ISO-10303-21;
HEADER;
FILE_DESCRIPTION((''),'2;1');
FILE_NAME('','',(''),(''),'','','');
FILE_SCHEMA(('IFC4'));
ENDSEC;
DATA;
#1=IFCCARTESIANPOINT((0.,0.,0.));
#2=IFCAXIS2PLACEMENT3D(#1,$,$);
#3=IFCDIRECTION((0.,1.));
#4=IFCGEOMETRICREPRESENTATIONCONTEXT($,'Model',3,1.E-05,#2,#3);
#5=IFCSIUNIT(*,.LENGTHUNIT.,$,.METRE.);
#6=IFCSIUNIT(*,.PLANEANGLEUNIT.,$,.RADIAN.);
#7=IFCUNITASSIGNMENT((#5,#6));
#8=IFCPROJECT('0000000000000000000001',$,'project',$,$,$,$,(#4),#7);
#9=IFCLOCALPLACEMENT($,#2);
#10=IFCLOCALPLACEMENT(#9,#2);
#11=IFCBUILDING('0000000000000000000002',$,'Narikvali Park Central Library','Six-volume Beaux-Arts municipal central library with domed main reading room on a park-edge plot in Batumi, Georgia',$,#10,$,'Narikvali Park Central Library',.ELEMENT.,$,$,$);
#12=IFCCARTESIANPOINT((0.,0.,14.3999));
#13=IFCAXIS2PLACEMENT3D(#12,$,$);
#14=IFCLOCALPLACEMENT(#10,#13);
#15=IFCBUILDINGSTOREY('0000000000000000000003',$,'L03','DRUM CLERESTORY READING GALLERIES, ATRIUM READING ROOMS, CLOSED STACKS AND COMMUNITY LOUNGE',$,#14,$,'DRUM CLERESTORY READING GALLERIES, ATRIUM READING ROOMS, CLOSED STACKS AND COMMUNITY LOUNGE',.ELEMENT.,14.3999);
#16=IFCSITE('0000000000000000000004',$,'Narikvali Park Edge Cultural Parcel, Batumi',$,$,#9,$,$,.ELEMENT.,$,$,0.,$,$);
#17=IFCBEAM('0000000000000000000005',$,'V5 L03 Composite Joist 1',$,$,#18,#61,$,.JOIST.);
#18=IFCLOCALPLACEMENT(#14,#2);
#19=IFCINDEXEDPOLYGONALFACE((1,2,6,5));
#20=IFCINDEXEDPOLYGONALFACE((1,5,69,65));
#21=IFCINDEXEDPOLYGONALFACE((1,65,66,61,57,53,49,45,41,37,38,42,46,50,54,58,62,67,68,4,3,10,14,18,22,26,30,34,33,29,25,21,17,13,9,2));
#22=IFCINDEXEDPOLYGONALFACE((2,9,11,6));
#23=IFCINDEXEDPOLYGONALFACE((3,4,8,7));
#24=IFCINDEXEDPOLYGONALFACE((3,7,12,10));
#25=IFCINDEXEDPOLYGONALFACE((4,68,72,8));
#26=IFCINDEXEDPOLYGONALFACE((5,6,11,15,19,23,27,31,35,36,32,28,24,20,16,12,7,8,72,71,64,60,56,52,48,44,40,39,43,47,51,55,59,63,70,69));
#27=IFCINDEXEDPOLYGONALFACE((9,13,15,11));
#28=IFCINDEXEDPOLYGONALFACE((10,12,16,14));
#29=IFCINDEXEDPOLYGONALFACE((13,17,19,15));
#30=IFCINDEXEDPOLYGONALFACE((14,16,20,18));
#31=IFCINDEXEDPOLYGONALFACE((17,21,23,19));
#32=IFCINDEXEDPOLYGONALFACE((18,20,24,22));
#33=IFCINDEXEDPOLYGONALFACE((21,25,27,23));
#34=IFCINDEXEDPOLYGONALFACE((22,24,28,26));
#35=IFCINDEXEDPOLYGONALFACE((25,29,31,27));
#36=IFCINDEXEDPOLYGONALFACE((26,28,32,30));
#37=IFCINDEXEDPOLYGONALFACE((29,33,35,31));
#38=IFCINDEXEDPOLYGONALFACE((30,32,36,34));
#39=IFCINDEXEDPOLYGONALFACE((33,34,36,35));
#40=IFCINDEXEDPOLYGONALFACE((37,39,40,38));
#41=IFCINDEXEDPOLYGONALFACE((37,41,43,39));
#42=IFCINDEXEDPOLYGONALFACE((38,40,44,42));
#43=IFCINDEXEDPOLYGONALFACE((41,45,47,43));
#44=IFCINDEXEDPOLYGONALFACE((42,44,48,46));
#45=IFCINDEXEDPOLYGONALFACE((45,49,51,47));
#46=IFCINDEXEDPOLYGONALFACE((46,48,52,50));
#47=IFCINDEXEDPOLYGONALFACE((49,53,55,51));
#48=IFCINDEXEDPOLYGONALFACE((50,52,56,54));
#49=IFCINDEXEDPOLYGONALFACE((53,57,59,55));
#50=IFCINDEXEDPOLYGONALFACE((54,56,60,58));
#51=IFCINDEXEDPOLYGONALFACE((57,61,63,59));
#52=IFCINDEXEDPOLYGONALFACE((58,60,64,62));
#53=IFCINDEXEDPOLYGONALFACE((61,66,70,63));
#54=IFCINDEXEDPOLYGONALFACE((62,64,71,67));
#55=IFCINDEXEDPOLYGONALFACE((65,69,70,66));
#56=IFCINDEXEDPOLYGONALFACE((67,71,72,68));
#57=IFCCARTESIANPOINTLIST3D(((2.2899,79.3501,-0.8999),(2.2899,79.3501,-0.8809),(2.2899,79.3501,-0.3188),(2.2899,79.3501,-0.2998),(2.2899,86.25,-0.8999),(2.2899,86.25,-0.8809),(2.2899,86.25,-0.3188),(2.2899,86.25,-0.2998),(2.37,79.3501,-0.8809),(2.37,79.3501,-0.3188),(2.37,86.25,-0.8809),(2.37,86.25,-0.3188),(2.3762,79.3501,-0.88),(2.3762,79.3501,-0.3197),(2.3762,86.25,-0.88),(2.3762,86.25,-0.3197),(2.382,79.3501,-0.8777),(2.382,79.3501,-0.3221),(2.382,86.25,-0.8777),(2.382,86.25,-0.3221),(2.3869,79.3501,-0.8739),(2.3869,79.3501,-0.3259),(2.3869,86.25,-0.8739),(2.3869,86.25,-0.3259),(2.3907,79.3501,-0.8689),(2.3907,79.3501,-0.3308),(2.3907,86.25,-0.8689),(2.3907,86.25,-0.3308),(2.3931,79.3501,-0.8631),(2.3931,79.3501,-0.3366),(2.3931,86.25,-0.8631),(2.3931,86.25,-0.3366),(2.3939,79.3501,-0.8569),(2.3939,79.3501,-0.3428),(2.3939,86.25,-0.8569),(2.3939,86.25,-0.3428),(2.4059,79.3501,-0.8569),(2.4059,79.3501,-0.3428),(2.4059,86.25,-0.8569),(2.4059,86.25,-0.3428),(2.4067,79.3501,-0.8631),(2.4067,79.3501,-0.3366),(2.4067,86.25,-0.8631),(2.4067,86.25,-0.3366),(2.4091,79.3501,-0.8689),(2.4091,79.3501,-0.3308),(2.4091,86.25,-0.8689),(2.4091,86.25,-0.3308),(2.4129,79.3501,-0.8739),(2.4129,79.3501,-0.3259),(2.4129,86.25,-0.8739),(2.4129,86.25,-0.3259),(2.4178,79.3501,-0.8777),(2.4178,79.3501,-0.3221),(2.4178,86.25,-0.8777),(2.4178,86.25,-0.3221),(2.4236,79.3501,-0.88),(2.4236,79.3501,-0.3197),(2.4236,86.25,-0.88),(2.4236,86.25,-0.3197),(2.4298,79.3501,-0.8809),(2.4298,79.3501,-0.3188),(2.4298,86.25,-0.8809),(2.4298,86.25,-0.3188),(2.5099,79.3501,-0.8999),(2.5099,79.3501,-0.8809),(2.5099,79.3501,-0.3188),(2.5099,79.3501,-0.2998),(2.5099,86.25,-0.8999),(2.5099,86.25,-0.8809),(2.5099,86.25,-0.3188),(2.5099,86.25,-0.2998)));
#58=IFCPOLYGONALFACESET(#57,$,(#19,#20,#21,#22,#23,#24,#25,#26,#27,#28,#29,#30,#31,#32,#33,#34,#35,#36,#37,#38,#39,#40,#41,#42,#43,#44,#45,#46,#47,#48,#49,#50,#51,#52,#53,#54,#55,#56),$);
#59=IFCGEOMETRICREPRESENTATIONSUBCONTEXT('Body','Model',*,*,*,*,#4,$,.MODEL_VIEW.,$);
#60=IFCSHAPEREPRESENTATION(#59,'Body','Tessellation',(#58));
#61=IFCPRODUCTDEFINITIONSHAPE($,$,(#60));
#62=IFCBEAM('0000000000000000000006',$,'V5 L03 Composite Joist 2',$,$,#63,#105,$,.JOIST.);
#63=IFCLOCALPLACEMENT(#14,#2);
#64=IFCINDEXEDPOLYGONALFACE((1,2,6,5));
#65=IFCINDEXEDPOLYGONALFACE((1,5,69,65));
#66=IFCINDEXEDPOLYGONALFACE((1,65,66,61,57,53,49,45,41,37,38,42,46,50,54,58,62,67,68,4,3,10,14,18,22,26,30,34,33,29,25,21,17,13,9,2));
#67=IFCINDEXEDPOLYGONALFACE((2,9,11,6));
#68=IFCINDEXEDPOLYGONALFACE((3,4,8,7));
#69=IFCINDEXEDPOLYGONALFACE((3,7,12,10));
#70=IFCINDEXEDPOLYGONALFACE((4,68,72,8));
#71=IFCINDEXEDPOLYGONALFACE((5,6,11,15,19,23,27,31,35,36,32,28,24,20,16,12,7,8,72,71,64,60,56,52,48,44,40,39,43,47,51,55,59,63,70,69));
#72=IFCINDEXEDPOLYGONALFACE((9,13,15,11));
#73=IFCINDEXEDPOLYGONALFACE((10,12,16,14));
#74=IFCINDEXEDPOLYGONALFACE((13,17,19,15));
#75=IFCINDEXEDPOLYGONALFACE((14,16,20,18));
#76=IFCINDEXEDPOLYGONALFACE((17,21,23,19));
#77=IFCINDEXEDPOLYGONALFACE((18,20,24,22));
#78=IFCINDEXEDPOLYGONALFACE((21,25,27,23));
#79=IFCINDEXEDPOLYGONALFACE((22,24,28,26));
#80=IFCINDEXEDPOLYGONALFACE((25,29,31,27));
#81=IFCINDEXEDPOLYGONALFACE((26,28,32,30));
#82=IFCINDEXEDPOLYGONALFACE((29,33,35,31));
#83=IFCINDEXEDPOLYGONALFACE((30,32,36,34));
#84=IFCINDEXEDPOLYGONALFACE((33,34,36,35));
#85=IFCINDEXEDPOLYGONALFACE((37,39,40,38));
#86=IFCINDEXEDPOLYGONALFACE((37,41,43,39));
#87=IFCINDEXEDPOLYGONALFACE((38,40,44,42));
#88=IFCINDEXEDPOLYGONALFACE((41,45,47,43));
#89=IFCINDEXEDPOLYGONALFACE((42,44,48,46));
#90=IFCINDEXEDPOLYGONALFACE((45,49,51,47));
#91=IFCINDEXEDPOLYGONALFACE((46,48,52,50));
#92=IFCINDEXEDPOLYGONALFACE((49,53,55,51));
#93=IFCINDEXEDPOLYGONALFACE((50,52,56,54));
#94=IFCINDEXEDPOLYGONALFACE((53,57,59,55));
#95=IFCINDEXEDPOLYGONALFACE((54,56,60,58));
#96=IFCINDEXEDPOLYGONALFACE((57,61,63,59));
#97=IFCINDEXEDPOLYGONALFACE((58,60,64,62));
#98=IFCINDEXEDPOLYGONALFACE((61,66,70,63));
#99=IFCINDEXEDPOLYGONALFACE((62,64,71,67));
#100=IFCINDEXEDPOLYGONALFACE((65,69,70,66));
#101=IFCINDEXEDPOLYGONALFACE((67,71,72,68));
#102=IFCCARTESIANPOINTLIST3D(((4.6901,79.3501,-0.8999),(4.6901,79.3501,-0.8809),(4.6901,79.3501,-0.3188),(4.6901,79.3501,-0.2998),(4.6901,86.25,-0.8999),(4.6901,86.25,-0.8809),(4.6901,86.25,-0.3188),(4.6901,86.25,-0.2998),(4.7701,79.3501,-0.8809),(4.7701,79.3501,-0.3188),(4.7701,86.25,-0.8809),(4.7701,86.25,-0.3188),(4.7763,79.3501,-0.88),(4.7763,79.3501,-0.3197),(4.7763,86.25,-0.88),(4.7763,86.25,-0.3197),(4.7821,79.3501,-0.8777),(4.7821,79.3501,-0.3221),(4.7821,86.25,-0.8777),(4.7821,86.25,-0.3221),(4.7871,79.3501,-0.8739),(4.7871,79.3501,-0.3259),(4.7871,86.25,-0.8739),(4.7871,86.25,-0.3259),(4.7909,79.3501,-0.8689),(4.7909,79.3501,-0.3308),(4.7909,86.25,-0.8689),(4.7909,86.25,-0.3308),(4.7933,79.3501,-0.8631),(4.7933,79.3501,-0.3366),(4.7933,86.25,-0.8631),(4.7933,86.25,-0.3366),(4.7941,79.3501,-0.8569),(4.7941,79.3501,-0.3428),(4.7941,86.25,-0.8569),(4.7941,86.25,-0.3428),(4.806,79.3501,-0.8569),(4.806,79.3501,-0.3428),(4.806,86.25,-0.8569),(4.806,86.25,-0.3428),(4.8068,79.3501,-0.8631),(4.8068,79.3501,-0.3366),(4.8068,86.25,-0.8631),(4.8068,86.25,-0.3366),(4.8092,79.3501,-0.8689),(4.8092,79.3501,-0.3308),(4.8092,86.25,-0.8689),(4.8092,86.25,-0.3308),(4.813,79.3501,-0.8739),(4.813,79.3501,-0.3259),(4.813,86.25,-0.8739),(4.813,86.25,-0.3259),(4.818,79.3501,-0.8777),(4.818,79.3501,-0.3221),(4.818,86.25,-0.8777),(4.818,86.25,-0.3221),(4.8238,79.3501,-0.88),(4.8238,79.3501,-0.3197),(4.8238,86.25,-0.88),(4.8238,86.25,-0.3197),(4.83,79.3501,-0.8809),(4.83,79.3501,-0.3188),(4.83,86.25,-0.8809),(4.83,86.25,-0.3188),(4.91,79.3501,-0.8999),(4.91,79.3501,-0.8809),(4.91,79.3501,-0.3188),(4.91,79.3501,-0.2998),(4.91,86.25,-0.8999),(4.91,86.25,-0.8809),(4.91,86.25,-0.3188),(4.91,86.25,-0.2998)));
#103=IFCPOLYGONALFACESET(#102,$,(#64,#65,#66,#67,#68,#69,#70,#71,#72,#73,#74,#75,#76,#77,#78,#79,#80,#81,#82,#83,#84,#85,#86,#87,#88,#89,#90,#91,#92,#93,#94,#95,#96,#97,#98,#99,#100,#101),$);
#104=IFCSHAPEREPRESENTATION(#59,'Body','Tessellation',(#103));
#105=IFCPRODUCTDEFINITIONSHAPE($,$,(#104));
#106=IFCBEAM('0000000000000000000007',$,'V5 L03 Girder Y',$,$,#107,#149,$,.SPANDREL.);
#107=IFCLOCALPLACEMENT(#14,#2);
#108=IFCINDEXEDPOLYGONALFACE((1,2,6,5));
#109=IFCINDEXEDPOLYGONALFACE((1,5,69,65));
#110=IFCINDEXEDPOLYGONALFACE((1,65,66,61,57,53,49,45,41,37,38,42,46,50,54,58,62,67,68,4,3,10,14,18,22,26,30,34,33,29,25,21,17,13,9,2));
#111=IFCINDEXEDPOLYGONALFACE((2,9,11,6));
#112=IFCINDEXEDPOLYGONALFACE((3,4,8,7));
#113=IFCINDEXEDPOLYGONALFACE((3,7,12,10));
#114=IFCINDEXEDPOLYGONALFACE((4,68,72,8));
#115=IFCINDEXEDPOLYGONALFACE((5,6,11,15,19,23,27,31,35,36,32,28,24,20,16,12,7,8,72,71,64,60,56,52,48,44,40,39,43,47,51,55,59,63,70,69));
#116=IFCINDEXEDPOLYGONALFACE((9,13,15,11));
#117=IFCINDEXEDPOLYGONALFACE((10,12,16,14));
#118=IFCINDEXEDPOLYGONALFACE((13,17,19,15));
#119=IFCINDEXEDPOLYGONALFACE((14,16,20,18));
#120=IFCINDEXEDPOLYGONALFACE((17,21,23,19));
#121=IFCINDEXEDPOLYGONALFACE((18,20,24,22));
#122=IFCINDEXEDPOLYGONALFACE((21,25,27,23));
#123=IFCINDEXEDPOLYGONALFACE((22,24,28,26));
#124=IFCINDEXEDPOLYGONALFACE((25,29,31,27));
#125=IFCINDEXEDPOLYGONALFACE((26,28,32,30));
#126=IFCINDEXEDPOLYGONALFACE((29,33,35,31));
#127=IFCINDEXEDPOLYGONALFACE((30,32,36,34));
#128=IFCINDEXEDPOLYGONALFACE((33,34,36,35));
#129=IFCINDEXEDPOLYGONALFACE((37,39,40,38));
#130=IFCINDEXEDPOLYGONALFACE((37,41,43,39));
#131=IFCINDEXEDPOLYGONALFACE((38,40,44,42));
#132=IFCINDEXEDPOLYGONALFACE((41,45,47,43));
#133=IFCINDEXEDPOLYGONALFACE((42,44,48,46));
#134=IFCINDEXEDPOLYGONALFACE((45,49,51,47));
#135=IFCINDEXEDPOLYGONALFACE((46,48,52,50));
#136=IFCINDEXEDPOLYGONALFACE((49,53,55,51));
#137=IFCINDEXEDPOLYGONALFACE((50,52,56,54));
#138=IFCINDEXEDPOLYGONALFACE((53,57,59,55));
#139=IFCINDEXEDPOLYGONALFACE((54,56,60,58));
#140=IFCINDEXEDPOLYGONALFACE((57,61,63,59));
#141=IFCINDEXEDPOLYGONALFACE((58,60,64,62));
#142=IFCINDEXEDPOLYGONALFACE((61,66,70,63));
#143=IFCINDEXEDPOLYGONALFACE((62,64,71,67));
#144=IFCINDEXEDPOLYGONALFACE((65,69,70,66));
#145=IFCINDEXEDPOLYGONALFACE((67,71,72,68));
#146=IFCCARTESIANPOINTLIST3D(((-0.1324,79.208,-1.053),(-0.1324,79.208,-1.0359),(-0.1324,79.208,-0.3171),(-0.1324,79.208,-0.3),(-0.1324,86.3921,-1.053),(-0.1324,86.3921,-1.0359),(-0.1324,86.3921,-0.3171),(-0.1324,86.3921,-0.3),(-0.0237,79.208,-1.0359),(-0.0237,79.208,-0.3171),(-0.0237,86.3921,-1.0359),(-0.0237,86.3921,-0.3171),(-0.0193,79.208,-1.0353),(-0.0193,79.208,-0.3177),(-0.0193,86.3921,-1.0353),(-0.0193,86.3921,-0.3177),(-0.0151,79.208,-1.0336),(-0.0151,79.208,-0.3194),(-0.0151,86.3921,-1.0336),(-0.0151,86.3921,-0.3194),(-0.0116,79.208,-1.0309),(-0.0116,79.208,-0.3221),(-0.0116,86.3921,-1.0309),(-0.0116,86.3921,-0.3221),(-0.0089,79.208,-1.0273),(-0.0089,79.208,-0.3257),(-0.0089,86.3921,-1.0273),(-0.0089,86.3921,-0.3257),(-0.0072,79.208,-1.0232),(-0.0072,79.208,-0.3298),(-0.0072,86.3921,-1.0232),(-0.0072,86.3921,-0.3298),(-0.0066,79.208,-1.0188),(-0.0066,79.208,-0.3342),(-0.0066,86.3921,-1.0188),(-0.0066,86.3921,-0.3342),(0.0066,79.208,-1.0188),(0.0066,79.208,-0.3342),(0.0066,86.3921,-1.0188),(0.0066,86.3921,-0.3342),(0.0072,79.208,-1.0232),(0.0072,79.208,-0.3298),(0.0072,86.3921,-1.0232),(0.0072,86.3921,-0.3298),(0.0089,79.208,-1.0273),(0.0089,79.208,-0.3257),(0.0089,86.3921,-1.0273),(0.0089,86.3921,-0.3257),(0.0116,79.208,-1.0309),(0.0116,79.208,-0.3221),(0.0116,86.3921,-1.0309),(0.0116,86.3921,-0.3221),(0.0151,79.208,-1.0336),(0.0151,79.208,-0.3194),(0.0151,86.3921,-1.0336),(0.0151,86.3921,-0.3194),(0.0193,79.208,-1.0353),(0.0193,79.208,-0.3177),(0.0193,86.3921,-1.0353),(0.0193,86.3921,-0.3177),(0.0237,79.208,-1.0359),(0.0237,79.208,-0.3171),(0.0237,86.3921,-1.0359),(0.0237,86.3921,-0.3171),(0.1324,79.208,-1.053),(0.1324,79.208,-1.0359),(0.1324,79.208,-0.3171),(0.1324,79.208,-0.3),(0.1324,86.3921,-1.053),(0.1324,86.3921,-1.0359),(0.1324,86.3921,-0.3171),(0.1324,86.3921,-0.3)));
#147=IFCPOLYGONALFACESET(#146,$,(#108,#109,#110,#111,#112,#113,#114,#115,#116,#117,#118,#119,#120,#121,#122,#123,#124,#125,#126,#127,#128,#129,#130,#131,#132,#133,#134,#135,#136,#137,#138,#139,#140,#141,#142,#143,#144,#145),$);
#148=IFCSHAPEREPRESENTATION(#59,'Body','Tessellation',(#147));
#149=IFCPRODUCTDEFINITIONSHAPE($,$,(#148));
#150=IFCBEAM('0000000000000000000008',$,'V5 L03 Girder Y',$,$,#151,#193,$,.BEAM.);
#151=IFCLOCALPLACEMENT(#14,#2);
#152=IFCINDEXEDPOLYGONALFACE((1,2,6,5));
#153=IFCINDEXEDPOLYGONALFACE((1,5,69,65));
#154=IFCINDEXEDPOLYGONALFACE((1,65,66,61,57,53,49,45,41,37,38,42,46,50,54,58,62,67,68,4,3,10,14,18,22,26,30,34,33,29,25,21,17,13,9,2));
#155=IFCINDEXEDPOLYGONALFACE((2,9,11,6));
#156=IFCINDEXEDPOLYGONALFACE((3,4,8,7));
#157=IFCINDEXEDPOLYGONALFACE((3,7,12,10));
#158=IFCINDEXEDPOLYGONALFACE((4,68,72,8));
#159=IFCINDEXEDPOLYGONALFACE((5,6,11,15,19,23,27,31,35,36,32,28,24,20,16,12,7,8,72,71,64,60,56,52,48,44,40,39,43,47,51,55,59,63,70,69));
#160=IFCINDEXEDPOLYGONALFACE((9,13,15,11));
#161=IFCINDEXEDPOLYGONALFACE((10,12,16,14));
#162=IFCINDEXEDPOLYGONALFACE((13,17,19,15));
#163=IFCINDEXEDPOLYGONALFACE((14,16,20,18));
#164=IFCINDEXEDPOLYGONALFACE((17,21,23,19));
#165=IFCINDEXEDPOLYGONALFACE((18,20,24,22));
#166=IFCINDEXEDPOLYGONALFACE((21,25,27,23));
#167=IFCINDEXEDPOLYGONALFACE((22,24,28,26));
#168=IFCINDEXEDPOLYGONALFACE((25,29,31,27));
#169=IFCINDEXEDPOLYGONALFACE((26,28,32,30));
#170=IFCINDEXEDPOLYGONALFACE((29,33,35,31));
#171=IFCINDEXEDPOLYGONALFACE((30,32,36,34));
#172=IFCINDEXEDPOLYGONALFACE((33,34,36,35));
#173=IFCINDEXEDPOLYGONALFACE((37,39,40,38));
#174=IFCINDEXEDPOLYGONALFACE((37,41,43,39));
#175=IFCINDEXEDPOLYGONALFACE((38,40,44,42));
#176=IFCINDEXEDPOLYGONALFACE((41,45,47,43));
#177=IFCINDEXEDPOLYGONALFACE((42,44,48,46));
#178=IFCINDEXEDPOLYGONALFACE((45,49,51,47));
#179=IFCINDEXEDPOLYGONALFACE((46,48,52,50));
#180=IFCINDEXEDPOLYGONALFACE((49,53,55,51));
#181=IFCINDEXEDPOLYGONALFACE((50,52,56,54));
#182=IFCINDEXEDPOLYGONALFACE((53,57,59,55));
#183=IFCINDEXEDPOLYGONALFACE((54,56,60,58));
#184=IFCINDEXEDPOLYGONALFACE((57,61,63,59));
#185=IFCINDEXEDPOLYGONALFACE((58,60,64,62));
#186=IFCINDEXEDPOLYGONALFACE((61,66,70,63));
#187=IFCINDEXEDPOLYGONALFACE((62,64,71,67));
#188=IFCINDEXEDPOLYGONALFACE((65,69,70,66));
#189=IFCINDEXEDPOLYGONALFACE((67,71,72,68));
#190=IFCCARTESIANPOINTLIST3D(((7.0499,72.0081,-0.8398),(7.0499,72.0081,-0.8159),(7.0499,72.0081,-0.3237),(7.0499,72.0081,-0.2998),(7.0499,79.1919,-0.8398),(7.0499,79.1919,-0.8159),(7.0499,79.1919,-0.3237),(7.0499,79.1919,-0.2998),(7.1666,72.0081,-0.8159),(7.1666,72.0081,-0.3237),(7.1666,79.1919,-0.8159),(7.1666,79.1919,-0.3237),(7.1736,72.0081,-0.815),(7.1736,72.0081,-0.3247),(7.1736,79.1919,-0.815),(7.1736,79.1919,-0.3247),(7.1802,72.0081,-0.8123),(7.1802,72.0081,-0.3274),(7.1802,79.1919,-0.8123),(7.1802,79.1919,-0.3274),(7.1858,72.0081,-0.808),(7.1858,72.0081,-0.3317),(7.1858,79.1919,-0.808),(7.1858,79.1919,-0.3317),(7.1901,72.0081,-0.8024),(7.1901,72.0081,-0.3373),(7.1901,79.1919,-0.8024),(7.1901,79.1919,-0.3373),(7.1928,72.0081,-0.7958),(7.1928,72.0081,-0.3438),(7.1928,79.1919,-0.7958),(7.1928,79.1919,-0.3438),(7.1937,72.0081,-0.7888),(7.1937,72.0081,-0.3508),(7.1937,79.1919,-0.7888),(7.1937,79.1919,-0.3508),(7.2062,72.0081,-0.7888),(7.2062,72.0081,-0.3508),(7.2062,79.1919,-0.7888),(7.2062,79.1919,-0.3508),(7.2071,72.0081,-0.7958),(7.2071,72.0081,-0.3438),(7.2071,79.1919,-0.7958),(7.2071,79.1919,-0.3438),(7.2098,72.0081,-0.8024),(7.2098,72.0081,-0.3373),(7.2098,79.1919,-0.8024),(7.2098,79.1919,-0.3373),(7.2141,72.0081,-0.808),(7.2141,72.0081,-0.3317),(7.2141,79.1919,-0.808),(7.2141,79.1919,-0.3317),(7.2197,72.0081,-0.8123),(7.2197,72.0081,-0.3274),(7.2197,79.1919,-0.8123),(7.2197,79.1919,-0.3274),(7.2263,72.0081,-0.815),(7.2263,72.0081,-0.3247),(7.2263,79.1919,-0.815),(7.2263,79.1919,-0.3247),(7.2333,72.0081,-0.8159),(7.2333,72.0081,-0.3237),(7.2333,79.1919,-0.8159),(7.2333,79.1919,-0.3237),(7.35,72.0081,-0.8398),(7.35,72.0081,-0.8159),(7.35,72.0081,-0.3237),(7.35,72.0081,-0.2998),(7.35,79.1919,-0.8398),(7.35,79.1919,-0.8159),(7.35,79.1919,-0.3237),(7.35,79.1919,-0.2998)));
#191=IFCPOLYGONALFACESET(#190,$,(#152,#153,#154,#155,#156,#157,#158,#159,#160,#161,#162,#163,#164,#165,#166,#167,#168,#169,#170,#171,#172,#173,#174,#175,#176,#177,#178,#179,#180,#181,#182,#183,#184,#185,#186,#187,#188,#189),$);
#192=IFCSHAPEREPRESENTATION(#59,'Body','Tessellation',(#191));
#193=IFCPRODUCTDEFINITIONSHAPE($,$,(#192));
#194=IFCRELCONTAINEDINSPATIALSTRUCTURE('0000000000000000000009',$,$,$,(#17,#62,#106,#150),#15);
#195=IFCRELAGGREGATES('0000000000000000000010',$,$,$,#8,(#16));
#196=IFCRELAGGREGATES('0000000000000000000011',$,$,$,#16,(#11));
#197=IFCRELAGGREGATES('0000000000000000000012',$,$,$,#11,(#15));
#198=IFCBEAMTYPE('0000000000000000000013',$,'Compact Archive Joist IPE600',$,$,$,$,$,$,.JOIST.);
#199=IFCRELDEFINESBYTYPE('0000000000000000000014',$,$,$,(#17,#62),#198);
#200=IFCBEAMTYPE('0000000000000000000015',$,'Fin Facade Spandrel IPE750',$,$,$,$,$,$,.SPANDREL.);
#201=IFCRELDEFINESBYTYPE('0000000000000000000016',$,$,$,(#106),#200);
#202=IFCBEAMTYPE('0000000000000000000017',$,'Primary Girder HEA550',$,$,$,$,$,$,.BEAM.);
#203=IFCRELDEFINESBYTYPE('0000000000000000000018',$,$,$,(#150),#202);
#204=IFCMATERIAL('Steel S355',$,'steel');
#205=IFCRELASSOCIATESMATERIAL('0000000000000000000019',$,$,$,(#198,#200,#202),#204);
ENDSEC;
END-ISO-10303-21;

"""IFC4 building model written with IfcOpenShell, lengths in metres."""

from ifc_helpers import new_model, si_unit, direction, frame, origin, origin_2d, place, context, subcontext, project, spatial, i_section, extrude, material, material_profile, profile_set, type_object, element, save


model = new_model("IFC4")

# Units and contexts
model_context = context("Model", 3, precision=1e-05, world=origin(), true_north=direction((0.0, 1.0)))
body_context = subcontext(model_context, "Body", "Model", "MODEL_VIEW")
ifc_project = project(units=[si_unit("LENGTHUNIT", "METRE"), si_unit("PLANEANGLEUNIT", "RADIAN")], contexts=[model_context])

# Site, building, storey
site_placement = place(None, origin())
site = spatial("IfcSite", under=ifc_project, at=site_placement, Name="Narikvali Park Edge Cultural Parcel, Batumi", CompositionType="ELEMENT", RefElevation=0.0)
building_placement = place(site_placement, origin())
building = spatial("IfcBuilding", under=site, at=building_placement, Name="Narikvali Park Central Library", Description="Six-volume Beaux-Arts municipal central library with domed main reading room on a park-edge plot in Batumi, Georgia", LongName="Narikvali Park Central Library", CompositionType="ELEMENT")
storey_placement = place(building_placement, frame((0.0, 0.0, 14.3999)))
storey = spatial("IfcBuildingStorey", under=building, at=storey_placement, Name="L03", Description="DRUM CLERESTORY READING GALLERIES, ATRIUM READING ROOMS, CLOSED STACKS AND COMMUNITY LOUNGE", LongName="DRUM CLERESTORY READING GALLERIES, ATRIUM READING ROOMS, CLOSED STACKS AND COMMUNITY LOUNGE", CompositionType="ELEMENT", Elevation=14.3999)

# Shared definitions
ifc_material_1 = material(Name="Steel S355", Category="steel")

# Beams
ifc_material_profile_1 = material_profile(ifc_material_1, i_section(OverallWidth=0.22, OverallDepth=0.6001, WebThickness=0.012, FlangeThickness=0.019, FilletRadius=0.0239, at=origin_2d()), Name="IPE 600")
ifc_profile_set_1 = profile_set([ifc_material_profile_1], Name="Steel S355")
beam_type_1 = type_object("IfcBeamType", Name="Compact Archive Joist IPE600", PredefinedType="JOIST", material=ifc_profile_set_1)
for number, where, z_axis, x_axis, name in (
    (1, (2.3999, 79.3501, -0.5999), (0.0, 1.0, 0.0), (-1.0, 0.0, 0.0), "V5 L03 Composite Joist 1"),
    (2, (4.8, 79.3501, -0.5999), (0.0, 1.0, 0.0), (-1.0, 0.0, 0.0), "V5 L03 Composite Joist 2"),
):
    element("IfcBeam", number, at=place(storey_placement, frame(where, z_axis=z_axis, x_axis=x_axis)), inside=storey, type_object=beam_type_1, Name=name, PredefinedType="JOIST", context=body_context, shape_type="SweptSolid", body=[
        extrude(i_section(OverallWidth=0.22, OverallDepth=0.6001, WebThickness=0.012, FlangeThickness=0.019, FilletRadius=0.0239, at=origin_2d()), origin(), (0.0, 0.0, 1.0), 6.8999),
    ])
ifc_material_profile_2 = material_profile(ifc_material_1, i_section(OverallWidth=0.2649, OverallDepth=0.7529, WebThickness=0.0132, FlangeThickness=0.0171, FilletRadius=0.0171, at=origin_2d()), Name="IPE 750x147")
ifc_profile_set_2 = profile_set([ifc_material_profile_2], Name="Steel S355")
beam_type_2 = type_object("IfcBeamType", Name="Fin Facade Spandrel IPE750", PredefinedType="SPANDREL", material=ifc_profile_set_2)
beam_1_placement = place(storey_placement, frame((0.0, 79.208, -0.6765), z_axis=(0.0, 1.0, 0.0), x_axis=(-1.0, 0.0, 0.0)))
element("IfcBeam", 3, at=beam_1_placement, inside=storey, type_object=beam_type_2, Name="V5 L03 Girder Y", PredefinedType="SPANDREL", context=body_context, shape_type="SweptSolid", body=[
    extrude(i_section(OverallWidth=0.2649, OverallDepth=0.7529, WebThickness=0.0132, FlangeThickness=0.0171, FilletRadius=0.0171, at=origin_2d()), origin(), (0.0, 0.0, 1.0), 7.1841),
])
ifc_material_profile_3 = material_profile(ifc_material_1, i_section(OverallWidth=0.3, OverallDepth=0.54, WebThickness=0.0125, FlangeThickness=0.0239, FilletRadius=0.0271, at=origin_2d()), Name="HEA 550")
ifc_profile_set_3 = profile_set([ifc_material_profile_3], Name="Steel S355")
beam_type_3 = type_object("IfcBeamType", Name="Primary Girder HEA550", PredefinedType="BEAM", material=ifc_profile_set_3)
beam_2_placement = place(storey_placement, frame((7.2, 72.0081, -0.5698), z_axis=(0.0, 1.0, 0.0), x_axis=(-1.0, 0.0, 0.0)))
element("IfcBeam", 4, at=beam_2_placement, inside=storey, type_object=beam_type_3, Name="V5 L03 Girder Y", PredefinedType="BEAM", context=body_context, shape_type="SweptSolid", body=[
    extrude(i_section(OverallWidth=0.3, OverallDepth=0.54, WebThickness=0.0125, FlangeThickness=0.0239, FilletRadius=0.0271, at=origin_2d()), origin(), (0.0, 0.0, 1.0), 7.1838),
])

save(model, "model.ifc")
